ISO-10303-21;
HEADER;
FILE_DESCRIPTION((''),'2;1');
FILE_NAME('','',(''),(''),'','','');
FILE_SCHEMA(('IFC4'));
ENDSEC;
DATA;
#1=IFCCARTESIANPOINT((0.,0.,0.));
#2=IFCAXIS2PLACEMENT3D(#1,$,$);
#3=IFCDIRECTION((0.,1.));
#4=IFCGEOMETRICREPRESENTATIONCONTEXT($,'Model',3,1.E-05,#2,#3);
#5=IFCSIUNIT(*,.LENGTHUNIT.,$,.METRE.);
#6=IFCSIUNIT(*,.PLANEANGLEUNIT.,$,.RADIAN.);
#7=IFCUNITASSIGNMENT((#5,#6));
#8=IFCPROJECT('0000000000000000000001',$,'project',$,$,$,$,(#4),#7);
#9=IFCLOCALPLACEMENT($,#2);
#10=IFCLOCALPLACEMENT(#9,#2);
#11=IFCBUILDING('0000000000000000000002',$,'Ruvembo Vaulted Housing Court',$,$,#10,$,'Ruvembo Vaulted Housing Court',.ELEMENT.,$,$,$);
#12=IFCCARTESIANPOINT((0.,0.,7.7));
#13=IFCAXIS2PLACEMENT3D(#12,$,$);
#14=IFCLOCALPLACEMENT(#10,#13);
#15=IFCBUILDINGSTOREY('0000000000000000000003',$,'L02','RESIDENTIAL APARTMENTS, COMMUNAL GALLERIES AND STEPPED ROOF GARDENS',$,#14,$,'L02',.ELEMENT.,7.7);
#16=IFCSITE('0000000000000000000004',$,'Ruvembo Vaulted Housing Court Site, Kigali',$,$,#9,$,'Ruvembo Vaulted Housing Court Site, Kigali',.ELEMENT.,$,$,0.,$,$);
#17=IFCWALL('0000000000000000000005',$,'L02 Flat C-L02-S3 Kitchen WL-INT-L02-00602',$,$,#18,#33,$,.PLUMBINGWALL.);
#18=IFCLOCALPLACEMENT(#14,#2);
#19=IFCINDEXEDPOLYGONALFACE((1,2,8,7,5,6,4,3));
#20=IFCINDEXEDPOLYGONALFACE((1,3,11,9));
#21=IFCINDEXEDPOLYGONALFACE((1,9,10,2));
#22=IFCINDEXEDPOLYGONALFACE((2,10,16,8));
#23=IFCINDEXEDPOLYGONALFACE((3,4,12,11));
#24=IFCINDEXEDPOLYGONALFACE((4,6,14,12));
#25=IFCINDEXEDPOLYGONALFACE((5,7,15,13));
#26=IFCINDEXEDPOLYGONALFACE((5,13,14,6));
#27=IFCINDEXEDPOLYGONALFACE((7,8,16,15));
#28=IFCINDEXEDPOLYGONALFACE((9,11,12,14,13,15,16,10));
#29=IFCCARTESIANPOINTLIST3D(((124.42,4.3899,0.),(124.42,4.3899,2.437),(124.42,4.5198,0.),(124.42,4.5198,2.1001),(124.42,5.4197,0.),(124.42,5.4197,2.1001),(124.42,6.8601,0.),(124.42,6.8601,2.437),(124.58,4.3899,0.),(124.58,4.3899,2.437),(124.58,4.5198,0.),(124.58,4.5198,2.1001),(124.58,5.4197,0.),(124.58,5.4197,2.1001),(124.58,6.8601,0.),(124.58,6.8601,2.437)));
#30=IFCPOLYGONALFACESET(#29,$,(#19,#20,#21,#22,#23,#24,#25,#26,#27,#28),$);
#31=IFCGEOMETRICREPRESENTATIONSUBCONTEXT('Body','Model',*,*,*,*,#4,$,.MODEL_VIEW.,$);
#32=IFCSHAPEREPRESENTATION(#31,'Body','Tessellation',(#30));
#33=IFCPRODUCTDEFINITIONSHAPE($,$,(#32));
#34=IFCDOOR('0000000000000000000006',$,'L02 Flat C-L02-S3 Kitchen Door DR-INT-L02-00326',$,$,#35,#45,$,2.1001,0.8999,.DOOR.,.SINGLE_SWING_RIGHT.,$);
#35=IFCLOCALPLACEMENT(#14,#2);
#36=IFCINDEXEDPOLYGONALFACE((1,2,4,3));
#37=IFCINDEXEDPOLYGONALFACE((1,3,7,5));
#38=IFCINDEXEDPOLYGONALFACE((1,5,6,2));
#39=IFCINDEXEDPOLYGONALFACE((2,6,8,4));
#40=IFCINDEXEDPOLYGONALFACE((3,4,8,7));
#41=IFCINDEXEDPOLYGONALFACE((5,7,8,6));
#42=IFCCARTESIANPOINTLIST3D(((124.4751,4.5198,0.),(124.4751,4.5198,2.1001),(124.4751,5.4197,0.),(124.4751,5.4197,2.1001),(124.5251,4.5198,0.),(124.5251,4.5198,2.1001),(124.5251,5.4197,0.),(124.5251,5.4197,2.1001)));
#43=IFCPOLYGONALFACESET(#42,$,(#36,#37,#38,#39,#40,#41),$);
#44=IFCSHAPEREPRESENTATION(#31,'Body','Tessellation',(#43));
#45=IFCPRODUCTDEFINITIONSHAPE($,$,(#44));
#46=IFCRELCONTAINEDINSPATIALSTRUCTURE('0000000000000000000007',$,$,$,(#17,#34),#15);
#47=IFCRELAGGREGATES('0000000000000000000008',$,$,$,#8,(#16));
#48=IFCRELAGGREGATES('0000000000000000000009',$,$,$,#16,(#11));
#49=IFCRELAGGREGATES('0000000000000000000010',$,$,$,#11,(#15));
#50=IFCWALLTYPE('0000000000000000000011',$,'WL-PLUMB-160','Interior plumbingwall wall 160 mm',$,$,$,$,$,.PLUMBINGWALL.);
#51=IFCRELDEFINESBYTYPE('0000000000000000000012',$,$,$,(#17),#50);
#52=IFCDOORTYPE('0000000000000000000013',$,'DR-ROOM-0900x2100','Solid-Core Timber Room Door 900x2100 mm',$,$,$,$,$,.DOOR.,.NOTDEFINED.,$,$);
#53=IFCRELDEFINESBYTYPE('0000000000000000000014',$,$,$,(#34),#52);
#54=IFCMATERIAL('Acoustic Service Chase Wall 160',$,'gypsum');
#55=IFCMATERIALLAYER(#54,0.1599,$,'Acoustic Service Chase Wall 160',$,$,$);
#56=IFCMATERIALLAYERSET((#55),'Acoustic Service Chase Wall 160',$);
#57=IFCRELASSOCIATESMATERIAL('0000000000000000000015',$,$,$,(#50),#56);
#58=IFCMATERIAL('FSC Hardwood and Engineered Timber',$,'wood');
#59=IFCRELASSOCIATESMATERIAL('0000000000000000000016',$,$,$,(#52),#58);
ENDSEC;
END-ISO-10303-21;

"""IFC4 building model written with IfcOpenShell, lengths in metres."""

from ifc_helpers import new_model, si_unit, direction, frame, frame_2d, origin, place, context, subcontext, project, spatial, rectangle, extrude, material, layer, layer_set, type_object, element, fill, save


model = new_model("IFC4")

# Units and contexts
model_context = context("Model", 3, precision=1e-05, world=origin(), true_north=direction((0.0, 1.0)))
body_context = subcontext(model_context, "Body", "Model", "MODEL_VIEW")
ifc_project = project(units=[si_unit("LENGTHUNIT", "METRE"), si_unit("PLANEANGLEUNIT", "RADIAN")], contexts=[model_context])

# Site, building, storey
site_placement = place(None, origin())
site = spatial("IfcSite", under=ifc_project, at=site_placement, Name="Ruvembo Vaulted Housing Court Site, Kigali", LongName="Ruvembo Vaulted Housing Court Site, Kigali", CompositionType="ELEMENT", RefElevation=0.0)
building_placement = place(site_placement, origin())
building = spatial("IfcBuilding", under=site, at=building_placement, Name="Ruvembo Vaulted Housing Court", LongName="Ruvembo Vaulted Housing Court", CompositionType="ELEMENT")
storey_placement = place(building_placement, frame((0.0, 0.0, 7.7)))
storey = spatial("IfcBuildingStorey", under=building, at=storey_placement, Name="L02", Description="RESIDENTIAL APARTMENTS, COMMUNAL GALLERIES AND STEPPED ROOF GARDENS", LongName="L02", CompositionType="ELEMENT", Elevation=7.7)

# Shared definitions
ifc_material_1 = material(Name="FSC Hardwood and Engineered Timber", Category="wood")

# Wall, opening, door
ifc_material_2 = material(Name="Acoustic Service Chase Wall 160", Category="gypsum")
ifc_layer_1 = layer(ifc_material_2, 0.1599, Name="Acoustic Service Chase Wall 160")
ifc_layer_set_1 = layer_set([ifc_layer_1], Name="Acoustic Service Chase Wall 160")
wall_type_1 = type_object("IfcWallType", Name="WL-PLUMB-160", Description="Interior plumbingwall wall 160 mm", PredefinedType="PLUMBINGWALL", material=ifc_layer_set_1)
wall_1_placement = place(storey_placement, frame((124.5, 4.3899, 0.0), z_axis=(0.0, 0.0, 1.0), x_axis=(0.0, 1.0, 0.0)))
wall_1 = element("IfcWall", 1, at=wall_1_placement, inside=storey, type_object=wall_type_1, Name="L02 Flat C-L02-S3 Kitchen WL-INT-L02-00602", PredefinedType="PLUMBINGWALL", context=body_context, shape_type="SweptSolid", body=[
    extrude(rectangle(XDim=2.4702, YDim=0.1599, at=frame_2d((1.2351, 0.0))), origin(), (0.0, 0.0, 1.0), 2.437),
])
opening_1_placement = place(wall_1_placement, frame((0.1299, 0.0, 0.0)))
opening_1 = element("IfcOpeningElement", 2, at=opening_1_placement, cuts=wall_1, PredefinedType="OPENING", context=body_context, shape_type="SweptSolid", body=[
    extrude(rectangle(XDim=0.8999, YDim=2.1001, at=frame_2d((0.45, 1.05))), frame((0.0, 0.0898, 0.0), z_axis=(0.0, -1.0, 0.0), x_axis=(1.0, 0.0, 0.0)), (0.0, 0.0, 1.0), 0.1799),
])
door_type_1 = type_object("IfcDoorType", Name="DR-ROOM-0900x2100", Description="Solid-Core Timber Room Door 900x2100 mm", OperationType="NOTDEFINED", PredefinedType="DOOR", material=ifc_material_1)
door_1_placement = place(opening_1_placement, origin())
door_1 = element("IfcDoor", 3, at=door_1_placement, inside=storey, type_object=door_type_1, Name="L02 Flat C-L02-S3 Kitchen Door DR-INT-L02-00326", OperationType="SINGLE_SWING_RIGHT", OverallHeight=2.1001, OverallWidth=0.8999, PredefinedType="DOOR", context=body_context, shape_type="SweptSolid", body=[
    extrude(rectangle(XDim=0.8999, YDim=2.1001, at=frame_2d((0.45, 1.05))), frame((0.0, 0.0249, 0.0), z_axis=(0.0, -1.0, 0.0), x_axis=(1.0, 0.0, 0.0)), (0.0, 0.0, 1.0), 0.05),
])
fill(opening_1, door_1)

save(model, "model.ifc")
